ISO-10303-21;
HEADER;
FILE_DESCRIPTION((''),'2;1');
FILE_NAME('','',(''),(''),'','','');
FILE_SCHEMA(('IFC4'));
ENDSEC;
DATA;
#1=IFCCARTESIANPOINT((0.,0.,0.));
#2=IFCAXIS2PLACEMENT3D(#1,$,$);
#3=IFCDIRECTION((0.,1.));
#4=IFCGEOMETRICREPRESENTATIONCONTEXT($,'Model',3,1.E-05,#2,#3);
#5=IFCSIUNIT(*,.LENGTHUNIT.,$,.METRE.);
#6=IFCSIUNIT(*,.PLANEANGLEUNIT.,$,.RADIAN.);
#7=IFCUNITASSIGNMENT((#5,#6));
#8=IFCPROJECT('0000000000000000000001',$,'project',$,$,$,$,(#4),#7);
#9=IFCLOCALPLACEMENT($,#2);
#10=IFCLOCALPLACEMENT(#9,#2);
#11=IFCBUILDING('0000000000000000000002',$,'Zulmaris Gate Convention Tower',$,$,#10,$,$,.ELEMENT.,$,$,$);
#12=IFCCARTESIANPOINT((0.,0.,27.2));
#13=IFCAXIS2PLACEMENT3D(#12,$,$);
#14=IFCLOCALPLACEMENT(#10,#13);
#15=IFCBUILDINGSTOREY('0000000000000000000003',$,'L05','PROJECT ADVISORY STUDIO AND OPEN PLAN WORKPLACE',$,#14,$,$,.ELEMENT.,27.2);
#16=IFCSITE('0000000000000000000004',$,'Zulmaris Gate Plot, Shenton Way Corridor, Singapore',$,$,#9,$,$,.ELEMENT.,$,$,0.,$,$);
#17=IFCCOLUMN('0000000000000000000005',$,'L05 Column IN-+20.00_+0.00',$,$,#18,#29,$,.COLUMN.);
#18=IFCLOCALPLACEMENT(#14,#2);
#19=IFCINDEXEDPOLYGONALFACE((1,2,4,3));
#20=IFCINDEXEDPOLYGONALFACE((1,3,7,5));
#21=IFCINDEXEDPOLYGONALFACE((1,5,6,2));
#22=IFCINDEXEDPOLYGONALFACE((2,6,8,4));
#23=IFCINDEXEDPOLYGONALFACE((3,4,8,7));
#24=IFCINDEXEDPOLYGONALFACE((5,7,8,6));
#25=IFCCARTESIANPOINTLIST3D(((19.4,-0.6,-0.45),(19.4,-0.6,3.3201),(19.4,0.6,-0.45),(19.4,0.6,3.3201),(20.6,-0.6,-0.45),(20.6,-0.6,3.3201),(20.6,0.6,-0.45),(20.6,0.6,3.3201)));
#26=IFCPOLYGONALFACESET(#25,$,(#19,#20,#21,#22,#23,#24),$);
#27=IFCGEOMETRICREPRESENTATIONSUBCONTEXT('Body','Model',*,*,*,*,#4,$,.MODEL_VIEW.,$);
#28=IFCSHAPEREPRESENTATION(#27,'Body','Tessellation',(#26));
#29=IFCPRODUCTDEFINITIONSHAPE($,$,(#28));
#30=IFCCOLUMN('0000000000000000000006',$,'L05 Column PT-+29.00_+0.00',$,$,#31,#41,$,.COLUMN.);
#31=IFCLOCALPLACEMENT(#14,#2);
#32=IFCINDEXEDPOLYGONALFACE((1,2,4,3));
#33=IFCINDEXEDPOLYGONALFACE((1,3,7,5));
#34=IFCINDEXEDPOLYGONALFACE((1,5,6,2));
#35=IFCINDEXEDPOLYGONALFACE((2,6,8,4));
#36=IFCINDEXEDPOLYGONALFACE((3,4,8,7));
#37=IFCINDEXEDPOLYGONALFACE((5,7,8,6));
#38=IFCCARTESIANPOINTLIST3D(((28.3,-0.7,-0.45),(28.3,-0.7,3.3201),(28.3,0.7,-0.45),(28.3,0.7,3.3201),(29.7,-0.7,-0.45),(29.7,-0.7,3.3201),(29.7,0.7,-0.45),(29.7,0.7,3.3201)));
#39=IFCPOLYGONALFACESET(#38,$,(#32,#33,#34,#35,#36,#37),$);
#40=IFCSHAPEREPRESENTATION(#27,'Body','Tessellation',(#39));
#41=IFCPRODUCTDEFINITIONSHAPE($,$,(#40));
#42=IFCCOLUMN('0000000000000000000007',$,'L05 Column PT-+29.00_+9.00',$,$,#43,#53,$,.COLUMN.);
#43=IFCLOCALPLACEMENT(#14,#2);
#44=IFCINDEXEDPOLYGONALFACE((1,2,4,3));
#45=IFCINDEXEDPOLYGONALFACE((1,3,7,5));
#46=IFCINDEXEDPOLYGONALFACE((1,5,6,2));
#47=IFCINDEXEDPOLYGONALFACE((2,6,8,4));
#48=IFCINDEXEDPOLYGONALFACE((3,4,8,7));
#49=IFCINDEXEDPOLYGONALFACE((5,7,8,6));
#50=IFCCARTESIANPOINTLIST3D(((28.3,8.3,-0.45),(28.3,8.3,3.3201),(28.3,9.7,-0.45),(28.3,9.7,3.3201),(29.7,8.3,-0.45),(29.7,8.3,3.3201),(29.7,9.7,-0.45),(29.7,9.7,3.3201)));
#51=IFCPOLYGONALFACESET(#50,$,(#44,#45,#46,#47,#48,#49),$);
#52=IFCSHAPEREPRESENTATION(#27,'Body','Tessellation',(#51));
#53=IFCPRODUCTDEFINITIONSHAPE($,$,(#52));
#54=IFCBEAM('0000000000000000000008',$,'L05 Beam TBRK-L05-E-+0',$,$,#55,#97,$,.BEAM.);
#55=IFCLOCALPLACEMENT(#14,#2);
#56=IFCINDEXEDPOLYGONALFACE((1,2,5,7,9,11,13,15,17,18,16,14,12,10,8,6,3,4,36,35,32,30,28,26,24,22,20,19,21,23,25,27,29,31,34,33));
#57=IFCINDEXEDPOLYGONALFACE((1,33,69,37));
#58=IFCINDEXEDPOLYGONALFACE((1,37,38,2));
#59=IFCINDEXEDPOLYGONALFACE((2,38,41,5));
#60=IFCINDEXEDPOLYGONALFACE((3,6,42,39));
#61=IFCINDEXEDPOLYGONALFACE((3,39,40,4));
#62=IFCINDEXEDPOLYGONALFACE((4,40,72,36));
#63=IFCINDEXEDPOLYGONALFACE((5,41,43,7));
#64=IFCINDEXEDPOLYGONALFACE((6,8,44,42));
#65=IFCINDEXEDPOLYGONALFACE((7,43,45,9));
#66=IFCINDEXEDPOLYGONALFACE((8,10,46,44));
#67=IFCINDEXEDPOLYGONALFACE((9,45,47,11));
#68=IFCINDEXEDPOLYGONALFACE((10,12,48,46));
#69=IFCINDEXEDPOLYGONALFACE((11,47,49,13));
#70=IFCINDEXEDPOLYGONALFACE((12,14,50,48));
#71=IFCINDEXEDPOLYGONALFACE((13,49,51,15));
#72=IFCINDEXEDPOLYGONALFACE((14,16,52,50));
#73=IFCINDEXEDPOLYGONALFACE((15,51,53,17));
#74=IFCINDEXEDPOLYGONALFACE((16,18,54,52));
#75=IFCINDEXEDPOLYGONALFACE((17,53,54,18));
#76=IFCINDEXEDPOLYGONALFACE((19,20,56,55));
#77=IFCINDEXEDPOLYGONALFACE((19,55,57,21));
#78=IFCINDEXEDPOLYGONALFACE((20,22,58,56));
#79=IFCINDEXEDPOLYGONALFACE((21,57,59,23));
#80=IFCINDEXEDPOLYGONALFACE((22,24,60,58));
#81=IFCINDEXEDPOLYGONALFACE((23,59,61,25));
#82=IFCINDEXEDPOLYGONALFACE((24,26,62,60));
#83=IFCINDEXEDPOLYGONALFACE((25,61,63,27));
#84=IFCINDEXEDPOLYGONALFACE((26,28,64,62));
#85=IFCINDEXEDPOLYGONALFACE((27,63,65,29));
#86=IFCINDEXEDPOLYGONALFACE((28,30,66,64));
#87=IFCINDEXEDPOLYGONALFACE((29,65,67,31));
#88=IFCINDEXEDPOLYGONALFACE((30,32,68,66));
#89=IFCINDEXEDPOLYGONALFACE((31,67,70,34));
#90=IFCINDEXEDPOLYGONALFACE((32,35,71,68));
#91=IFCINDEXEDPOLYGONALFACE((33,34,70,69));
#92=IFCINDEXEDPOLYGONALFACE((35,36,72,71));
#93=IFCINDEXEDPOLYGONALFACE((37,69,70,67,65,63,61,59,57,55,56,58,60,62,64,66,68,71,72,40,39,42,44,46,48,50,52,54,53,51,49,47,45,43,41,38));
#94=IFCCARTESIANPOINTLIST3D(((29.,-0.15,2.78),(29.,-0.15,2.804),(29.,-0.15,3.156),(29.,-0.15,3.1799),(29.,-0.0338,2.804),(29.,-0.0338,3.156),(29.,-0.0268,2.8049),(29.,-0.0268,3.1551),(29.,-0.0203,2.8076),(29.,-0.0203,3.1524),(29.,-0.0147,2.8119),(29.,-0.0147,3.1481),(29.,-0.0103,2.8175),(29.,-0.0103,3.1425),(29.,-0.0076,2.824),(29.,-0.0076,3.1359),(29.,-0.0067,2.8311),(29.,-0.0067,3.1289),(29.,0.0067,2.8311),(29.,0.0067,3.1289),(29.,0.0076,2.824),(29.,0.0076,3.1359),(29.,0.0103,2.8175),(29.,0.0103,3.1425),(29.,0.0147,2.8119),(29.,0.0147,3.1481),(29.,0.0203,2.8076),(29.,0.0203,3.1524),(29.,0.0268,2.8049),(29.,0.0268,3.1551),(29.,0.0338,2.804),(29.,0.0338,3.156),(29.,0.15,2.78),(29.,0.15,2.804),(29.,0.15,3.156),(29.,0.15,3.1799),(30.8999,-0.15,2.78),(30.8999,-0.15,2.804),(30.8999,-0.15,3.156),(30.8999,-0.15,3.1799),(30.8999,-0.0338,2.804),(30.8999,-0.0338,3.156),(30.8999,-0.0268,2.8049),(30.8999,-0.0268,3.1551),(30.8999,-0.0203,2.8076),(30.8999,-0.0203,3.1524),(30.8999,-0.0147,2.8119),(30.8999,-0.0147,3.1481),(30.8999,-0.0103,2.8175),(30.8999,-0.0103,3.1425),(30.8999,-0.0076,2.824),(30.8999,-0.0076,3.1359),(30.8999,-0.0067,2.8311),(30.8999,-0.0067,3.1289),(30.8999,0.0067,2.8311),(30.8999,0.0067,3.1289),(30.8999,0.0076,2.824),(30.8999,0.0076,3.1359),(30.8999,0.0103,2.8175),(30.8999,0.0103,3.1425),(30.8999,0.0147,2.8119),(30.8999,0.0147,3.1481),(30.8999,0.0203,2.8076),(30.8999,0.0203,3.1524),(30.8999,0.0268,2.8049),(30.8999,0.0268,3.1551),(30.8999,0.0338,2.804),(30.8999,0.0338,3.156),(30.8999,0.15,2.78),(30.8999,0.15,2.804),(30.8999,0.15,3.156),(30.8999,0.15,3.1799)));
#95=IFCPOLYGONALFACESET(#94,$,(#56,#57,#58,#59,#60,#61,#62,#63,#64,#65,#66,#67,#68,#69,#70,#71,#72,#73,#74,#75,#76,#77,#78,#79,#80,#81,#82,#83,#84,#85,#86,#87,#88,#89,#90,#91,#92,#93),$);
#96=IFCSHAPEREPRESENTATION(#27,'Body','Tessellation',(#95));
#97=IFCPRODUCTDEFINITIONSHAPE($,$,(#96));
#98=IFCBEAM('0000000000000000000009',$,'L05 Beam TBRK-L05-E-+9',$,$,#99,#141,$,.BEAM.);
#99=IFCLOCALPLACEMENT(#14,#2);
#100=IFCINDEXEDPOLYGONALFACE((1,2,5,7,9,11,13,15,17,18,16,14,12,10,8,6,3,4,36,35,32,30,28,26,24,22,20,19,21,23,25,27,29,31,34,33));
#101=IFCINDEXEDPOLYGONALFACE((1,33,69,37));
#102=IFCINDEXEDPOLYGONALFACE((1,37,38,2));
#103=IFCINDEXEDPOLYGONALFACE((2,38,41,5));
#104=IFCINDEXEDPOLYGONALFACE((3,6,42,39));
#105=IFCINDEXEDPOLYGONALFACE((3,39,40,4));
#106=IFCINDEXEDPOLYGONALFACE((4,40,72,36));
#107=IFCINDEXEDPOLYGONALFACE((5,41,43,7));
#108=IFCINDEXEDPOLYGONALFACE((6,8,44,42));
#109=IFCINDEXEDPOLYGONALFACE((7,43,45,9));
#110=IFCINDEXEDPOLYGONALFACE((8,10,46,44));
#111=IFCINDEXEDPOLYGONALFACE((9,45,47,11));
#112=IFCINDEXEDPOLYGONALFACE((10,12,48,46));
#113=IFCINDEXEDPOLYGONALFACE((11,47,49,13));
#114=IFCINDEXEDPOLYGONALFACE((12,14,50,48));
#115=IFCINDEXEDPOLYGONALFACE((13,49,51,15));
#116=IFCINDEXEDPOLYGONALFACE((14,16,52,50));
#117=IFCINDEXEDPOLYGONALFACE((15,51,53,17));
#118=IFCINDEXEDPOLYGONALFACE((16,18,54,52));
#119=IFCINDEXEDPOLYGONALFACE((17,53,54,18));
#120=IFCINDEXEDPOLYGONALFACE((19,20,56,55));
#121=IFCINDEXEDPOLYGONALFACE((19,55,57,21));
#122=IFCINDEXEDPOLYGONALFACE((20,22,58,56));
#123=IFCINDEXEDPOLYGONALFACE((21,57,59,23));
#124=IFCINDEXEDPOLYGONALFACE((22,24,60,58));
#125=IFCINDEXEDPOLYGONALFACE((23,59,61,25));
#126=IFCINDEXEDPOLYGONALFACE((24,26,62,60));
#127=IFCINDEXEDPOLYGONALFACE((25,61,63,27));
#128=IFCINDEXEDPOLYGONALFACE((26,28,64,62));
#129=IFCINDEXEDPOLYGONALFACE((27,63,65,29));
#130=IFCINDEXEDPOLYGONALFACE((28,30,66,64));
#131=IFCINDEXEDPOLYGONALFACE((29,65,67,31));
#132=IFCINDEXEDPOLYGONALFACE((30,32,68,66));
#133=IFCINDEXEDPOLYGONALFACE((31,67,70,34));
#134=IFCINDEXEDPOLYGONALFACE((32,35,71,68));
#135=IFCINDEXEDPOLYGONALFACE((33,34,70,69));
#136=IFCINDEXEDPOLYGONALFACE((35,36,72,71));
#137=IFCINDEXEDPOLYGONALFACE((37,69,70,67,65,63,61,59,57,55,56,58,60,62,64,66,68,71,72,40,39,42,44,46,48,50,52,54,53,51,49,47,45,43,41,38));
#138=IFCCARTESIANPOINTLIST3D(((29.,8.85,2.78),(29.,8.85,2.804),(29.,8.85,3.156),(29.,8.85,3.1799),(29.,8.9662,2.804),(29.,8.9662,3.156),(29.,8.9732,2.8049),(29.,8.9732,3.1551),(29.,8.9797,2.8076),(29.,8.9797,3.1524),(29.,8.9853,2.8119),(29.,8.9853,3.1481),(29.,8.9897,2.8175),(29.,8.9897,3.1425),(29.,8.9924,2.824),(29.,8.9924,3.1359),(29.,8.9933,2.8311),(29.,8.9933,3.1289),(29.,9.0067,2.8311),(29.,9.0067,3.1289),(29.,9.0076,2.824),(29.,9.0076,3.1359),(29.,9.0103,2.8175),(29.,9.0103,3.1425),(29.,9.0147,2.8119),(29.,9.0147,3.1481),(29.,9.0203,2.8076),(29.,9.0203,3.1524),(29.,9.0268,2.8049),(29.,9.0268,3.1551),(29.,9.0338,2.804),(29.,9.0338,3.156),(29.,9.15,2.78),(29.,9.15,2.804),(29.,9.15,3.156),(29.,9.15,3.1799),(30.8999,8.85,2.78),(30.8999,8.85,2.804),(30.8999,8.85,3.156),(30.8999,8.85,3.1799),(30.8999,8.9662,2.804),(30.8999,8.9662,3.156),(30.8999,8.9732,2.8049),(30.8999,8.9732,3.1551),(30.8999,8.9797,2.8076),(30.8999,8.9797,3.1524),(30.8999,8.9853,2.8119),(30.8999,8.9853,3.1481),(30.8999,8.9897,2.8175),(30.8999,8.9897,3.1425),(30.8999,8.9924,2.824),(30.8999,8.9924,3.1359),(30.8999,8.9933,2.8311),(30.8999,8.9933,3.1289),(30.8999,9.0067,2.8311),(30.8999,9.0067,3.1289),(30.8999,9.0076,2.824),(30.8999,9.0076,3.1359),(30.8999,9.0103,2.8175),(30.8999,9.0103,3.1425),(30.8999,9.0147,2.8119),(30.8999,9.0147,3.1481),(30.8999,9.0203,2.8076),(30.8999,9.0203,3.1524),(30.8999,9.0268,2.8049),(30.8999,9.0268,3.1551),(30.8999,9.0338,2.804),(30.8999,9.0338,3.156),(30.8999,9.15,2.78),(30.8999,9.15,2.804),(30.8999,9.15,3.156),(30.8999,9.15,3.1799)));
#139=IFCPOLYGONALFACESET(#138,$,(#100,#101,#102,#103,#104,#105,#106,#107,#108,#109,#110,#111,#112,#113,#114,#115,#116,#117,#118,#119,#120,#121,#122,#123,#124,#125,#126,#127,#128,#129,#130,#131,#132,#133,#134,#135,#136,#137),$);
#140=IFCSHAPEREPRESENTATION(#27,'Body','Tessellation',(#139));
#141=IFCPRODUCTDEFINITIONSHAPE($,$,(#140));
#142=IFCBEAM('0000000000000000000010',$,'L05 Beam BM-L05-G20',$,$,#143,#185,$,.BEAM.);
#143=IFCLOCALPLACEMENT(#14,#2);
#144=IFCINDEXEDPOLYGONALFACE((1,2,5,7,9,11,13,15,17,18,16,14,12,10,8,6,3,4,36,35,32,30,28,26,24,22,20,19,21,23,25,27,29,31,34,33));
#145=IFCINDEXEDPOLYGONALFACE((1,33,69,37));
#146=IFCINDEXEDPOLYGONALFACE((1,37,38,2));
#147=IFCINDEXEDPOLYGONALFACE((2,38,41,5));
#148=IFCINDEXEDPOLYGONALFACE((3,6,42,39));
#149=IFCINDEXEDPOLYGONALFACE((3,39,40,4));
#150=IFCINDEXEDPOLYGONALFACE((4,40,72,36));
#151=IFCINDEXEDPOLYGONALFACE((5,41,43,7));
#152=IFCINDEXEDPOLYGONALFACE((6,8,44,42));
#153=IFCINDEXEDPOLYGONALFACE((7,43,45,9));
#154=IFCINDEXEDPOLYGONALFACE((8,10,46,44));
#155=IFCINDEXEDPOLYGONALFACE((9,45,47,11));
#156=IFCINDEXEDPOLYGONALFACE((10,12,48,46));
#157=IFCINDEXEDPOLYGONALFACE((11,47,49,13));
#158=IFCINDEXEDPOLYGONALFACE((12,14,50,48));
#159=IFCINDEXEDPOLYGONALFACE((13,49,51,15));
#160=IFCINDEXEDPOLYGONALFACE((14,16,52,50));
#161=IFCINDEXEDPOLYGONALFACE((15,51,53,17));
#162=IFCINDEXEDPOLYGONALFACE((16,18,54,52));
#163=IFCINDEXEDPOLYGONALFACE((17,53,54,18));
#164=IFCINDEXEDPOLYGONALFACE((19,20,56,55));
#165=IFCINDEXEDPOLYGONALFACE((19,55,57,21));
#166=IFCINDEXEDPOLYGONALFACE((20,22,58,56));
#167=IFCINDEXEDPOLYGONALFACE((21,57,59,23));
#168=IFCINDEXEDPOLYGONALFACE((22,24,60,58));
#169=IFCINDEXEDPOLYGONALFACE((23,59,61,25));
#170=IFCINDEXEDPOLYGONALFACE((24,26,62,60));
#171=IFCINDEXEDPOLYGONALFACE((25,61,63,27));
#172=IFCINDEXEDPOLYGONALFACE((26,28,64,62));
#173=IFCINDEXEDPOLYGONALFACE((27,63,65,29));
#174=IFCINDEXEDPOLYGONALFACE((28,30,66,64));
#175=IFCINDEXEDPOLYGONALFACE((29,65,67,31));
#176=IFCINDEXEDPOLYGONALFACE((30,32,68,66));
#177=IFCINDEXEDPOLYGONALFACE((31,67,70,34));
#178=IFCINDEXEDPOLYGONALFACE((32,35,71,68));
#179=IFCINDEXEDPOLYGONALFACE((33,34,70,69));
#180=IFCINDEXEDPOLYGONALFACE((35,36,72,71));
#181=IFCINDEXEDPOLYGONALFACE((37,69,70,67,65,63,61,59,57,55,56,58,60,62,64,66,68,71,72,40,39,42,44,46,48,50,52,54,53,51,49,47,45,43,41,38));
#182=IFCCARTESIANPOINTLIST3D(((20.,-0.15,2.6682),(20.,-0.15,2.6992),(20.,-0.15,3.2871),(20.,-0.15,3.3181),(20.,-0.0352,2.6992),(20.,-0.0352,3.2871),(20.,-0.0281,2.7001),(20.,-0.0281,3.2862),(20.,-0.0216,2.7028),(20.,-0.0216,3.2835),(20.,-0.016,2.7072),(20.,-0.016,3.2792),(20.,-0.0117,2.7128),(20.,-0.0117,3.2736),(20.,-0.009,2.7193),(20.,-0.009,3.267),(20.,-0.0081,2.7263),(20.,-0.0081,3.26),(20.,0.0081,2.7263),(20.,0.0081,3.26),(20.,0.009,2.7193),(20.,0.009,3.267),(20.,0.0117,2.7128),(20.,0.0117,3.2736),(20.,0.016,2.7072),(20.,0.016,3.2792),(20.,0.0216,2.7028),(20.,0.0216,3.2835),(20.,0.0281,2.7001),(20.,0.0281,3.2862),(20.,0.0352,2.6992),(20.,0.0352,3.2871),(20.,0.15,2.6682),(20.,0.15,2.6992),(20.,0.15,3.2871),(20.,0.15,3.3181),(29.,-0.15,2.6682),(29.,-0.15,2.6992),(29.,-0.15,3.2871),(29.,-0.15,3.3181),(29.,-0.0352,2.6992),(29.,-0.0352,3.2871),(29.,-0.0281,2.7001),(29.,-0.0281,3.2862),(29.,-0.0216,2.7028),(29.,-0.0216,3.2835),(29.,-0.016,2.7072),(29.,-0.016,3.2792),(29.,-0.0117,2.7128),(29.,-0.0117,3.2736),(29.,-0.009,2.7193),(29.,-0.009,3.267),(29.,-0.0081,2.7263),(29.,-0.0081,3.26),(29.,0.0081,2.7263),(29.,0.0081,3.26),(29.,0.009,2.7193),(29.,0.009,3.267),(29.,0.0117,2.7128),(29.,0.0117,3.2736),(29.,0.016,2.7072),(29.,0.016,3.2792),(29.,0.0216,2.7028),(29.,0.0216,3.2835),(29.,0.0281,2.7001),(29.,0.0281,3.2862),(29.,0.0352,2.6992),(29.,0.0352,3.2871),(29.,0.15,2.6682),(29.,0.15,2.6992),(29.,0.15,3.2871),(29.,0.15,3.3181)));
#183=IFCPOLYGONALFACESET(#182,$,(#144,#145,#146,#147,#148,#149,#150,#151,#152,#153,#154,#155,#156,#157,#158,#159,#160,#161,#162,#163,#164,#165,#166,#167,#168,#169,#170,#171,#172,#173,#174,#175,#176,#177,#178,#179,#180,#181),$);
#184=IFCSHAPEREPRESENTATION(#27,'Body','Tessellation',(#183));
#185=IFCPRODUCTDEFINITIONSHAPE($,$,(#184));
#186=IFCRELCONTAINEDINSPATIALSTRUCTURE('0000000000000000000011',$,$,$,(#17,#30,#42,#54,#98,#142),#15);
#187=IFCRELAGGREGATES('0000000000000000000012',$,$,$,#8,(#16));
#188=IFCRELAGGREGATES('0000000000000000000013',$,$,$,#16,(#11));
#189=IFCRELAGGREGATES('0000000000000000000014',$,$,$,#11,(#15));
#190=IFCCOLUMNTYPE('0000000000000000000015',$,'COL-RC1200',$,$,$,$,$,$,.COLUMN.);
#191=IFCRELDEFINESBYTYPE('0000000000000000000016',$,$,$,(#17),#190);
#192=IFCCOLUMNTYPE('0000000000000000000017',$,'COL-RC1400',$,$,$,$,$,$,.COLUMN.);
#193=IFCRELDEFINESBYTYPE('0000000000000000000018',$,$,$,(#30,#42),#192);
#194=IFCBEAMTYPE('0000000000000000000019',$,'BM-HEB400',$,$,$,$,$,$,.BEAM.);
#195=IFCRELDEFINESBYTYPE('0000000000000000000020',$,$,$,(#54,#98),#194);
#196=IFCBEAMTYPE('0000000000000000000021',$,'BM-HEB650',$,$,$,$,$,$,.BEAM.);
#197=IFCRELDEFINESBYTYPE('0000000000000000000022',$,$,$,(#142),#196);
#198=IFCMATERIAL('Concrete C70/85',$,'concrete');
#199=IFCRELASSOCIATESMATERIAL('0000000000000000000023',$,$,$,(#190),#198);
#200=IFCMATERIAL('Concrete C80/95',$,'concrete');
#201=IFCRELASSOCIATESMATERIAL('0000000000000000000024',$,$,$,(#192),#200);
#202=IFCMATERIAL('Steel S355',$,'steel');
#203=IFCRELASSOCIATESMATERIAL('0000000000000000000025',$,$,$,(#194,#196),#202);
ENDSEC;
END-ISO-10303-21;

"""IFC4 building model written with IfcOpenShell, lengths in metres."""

from ifc_helpers import new_model, si_unit, direction, frame, origin, origin_2d, place, context, subcontext, project, spatial, rectangle, i_section, extrude, material, material_profile, profile_set, type_object, element, save


model = new_model("IFC4")

# Units and contexts
model_context = context("Model", 3, precision=1e-05, world=origin(), true_north=direction((0.0, 1.0)))
body_context = subcontext(model_context, "Body", "Model", "MODEL_VIEW")
ifc_project = project(units=[si_unit("LENGTHUNIT", "METRE"), si_unit("PLANEANGLEUNIT", "RADIAN")], contexts=[model_context])

# Site, building, storey
site_placement = place(None, origin())
site = spatial("IfcSite", under=ifc_project, at=site_placement, Name="Zulmaris Gate Plot, Shenton Way Corridor, Singapore", CompositionType="ELEMENT", RefElevation=0.0)
building_placement = place(site_placement, origin())
building = spatial("IfcBuilding", under=site, at=building_placement, Name="Zulmaris Gate Convention Tower", CompositionType="ELEMENT")
storey_placement = place(building_placement, frame((0.0, 0.0, 27.2)))
storey = spatial("IfcBuildingStorey", under=building, at=storey_placement, Name="L05", Description="PROJECT ADVISORY STUDIO AND OPEN PLAN WORKPLACE", CompositionType="ELEMENT", Elevation=27.2)

# Columns
ifc_material_1 = material(Name="Concrete C70/85", Category="concrete")
ifc_material_profile_1 = material_profile(ifc_material_1, rectangle(XDim=1.2, YDim=1.2, at=origin_2d()), Name="RC COL 1200x1200")
ifc_profile_set_1 = profile_set([ifc_material_profile_1], Name="Concrete C70/85")
column_type_1 = type_object("IfcColumnType", Name="COL-RC1200", PredefinedType="COLUMN", material=ifc_profile_set_1)
column_placement = place(storey_placement, frame((20.0, 0.0, -0.45), z_axis=(0.0, 0.0, 1.0), x_axis=(1.0, 0.0, 0.0)))
element("IfcColumn", 1, at=column_placement, inside=storey, type_object=column_type_1, Name="L05 Column IN-+20.00_+0.00", PredefinedType="COLUMN", context=body_context, shape_type="SweptSolid", body=[
    extrude(rectangle(XDim=1.2, YDim=1.2, at=origin_2d()), origin(), (0.0, 0.0, 1.0), 3.77),
])
ifc_material_2 = material(Name="Concrete C80/95", Category="concrete")
ifc_material_profile_2 = material_profile(ifc_material_2, rectangle(XDim=1.3999, YDim=1.3999, at=origin_2d()), Name="RC COL 1400x1400")
ifc_profile_set_2 = profile_set([ifc_material_profile_2], Name="Concrete C80/95")
column_type_2 = type_object("IfcColumnType", Name="COL-RC1400", PredefinedType="COLUMN", material=ifc_profile_set_2)
for number, where, z_axis, x_axis, name in (
    (2, (29.0, 0.0, -0.45), (0.0, 0.0, 1.0), (1.0, 0.0, 0.0), "L05 Column PT-+29.00_+0.00"),
    (3, (29.0, 9.0, -0.45), (0.0, 0.0, 1.0), (1.0, 0.0, 0.0), "L05 Column PT-+29.00_+9.00"),
):
    element("IfcColumn", number, at=place(storey_placement, frame(where, z_axis=z_axis, x_axis=x_axis)), inside=storey, type_object=column_type_2, Name=name, PredefinedType="COLUMN", context=body_context, shape_type="SweptSolid", body=[
        extrude(rectangle(XDim=1.3999, YDim=1.3999, at=origin_2d()), origin(), (0.0, 0.0, 1.0), 3.77),
    ])

# Beams
ifc_material_3 = material(Name="Steel S355", Category="steel")
ifc_material_profile_3 = material_profile(ifc_material_3, i_section(OverallWidth=0.3, OverallDepth=0.3999, WebThickness=0.0134, FlangeThickness=0.0239, FilletRadius=0.0271, at=origin_2d()), Name="HEB 400")
ifc_profile_set_3 = profile_set([ifc_material_profile_3], Name="Steel S355")
beam_type_1 = type_object("IfcBeamType", Name="BM-HEB400", PredefinedType="BEAM", material=ifc_profile_set_3)
for number, where, z_axis, x_axis, name in (
    (4, (29.0, 0.0, 2.98), (1.0, 0.0, 0.0), (0.0, 1.0, 0.0), "L05 Beam TBRK-L05-E-+0"),
    (5, (29.0, 9.0, 2.98), (1.0, 0.0, 0.0), (0.0, 1.0, 0.0), "L05 Beam TBRK-L05-E-+9"),
):
    element("IfcBeam", number, at=place(storey_placement, frame(where, z_axis=z_axis, x_axis=x_axis)), inside=storey, type_object=beam_type_1, Name=name, PredefinedType="BEAM", context=body_context, shape_type="SweptSolid", body=[
        extrude(i_section(OverallWidth=0.3, OverallDepth=0.3999, WebThickness=0.0134, FlangeThickness=0.0239, FilletRadius=0.0271, at=origin_2d()), origin(), (0.0, 0.0, 1.0), 1.8999),
    ])
ifc_material_profile_4 = material_profile(ifc_material_3, i_section(OverallWidth=0.3, OverallDepth=0.6499, WebThickness=0.0161, FlangeThickness=0.031, FilletRadius=0.0271, at=origin_2d()), Name="HEB 650")
ifc_profile_set_4 = profile_set([ifc_material_profile_4], Name="Steel S355")
beam_type_2 = type_object("IfcBeamType", Name="BM-HEB650", PredefinedType="BEAM", material=ifc_profile_set_4)
for number, where, z_axis, x_axis, name in (
    (6, (20.0, 0.0, 2.9932), (1.0, 0.0, 0.0), (0.0, 1.0, 0.0), "L05 Beam BM-L05-G20"),
):
    element("IfcBeam", number, at=place(storey_placement, frame(where, z_axis=z_axis, x_axis=x_axis)), inside=storey, type_object=beam_type_2, Name=name, PredefinedType="BEAM", context=body_context, shape_type="SweptSolid", body=[
        extrude(i_section(OverallWidth=0.3, OverallDepth=0.6499, WebThickness=0.0161, FlangeThickness=0.031, FilletRadius=0.0271, at=origin_2d()), origin(), (0.0, 0.0, 1.0), 9.0),
    ])

save(model, "model.ifc")
